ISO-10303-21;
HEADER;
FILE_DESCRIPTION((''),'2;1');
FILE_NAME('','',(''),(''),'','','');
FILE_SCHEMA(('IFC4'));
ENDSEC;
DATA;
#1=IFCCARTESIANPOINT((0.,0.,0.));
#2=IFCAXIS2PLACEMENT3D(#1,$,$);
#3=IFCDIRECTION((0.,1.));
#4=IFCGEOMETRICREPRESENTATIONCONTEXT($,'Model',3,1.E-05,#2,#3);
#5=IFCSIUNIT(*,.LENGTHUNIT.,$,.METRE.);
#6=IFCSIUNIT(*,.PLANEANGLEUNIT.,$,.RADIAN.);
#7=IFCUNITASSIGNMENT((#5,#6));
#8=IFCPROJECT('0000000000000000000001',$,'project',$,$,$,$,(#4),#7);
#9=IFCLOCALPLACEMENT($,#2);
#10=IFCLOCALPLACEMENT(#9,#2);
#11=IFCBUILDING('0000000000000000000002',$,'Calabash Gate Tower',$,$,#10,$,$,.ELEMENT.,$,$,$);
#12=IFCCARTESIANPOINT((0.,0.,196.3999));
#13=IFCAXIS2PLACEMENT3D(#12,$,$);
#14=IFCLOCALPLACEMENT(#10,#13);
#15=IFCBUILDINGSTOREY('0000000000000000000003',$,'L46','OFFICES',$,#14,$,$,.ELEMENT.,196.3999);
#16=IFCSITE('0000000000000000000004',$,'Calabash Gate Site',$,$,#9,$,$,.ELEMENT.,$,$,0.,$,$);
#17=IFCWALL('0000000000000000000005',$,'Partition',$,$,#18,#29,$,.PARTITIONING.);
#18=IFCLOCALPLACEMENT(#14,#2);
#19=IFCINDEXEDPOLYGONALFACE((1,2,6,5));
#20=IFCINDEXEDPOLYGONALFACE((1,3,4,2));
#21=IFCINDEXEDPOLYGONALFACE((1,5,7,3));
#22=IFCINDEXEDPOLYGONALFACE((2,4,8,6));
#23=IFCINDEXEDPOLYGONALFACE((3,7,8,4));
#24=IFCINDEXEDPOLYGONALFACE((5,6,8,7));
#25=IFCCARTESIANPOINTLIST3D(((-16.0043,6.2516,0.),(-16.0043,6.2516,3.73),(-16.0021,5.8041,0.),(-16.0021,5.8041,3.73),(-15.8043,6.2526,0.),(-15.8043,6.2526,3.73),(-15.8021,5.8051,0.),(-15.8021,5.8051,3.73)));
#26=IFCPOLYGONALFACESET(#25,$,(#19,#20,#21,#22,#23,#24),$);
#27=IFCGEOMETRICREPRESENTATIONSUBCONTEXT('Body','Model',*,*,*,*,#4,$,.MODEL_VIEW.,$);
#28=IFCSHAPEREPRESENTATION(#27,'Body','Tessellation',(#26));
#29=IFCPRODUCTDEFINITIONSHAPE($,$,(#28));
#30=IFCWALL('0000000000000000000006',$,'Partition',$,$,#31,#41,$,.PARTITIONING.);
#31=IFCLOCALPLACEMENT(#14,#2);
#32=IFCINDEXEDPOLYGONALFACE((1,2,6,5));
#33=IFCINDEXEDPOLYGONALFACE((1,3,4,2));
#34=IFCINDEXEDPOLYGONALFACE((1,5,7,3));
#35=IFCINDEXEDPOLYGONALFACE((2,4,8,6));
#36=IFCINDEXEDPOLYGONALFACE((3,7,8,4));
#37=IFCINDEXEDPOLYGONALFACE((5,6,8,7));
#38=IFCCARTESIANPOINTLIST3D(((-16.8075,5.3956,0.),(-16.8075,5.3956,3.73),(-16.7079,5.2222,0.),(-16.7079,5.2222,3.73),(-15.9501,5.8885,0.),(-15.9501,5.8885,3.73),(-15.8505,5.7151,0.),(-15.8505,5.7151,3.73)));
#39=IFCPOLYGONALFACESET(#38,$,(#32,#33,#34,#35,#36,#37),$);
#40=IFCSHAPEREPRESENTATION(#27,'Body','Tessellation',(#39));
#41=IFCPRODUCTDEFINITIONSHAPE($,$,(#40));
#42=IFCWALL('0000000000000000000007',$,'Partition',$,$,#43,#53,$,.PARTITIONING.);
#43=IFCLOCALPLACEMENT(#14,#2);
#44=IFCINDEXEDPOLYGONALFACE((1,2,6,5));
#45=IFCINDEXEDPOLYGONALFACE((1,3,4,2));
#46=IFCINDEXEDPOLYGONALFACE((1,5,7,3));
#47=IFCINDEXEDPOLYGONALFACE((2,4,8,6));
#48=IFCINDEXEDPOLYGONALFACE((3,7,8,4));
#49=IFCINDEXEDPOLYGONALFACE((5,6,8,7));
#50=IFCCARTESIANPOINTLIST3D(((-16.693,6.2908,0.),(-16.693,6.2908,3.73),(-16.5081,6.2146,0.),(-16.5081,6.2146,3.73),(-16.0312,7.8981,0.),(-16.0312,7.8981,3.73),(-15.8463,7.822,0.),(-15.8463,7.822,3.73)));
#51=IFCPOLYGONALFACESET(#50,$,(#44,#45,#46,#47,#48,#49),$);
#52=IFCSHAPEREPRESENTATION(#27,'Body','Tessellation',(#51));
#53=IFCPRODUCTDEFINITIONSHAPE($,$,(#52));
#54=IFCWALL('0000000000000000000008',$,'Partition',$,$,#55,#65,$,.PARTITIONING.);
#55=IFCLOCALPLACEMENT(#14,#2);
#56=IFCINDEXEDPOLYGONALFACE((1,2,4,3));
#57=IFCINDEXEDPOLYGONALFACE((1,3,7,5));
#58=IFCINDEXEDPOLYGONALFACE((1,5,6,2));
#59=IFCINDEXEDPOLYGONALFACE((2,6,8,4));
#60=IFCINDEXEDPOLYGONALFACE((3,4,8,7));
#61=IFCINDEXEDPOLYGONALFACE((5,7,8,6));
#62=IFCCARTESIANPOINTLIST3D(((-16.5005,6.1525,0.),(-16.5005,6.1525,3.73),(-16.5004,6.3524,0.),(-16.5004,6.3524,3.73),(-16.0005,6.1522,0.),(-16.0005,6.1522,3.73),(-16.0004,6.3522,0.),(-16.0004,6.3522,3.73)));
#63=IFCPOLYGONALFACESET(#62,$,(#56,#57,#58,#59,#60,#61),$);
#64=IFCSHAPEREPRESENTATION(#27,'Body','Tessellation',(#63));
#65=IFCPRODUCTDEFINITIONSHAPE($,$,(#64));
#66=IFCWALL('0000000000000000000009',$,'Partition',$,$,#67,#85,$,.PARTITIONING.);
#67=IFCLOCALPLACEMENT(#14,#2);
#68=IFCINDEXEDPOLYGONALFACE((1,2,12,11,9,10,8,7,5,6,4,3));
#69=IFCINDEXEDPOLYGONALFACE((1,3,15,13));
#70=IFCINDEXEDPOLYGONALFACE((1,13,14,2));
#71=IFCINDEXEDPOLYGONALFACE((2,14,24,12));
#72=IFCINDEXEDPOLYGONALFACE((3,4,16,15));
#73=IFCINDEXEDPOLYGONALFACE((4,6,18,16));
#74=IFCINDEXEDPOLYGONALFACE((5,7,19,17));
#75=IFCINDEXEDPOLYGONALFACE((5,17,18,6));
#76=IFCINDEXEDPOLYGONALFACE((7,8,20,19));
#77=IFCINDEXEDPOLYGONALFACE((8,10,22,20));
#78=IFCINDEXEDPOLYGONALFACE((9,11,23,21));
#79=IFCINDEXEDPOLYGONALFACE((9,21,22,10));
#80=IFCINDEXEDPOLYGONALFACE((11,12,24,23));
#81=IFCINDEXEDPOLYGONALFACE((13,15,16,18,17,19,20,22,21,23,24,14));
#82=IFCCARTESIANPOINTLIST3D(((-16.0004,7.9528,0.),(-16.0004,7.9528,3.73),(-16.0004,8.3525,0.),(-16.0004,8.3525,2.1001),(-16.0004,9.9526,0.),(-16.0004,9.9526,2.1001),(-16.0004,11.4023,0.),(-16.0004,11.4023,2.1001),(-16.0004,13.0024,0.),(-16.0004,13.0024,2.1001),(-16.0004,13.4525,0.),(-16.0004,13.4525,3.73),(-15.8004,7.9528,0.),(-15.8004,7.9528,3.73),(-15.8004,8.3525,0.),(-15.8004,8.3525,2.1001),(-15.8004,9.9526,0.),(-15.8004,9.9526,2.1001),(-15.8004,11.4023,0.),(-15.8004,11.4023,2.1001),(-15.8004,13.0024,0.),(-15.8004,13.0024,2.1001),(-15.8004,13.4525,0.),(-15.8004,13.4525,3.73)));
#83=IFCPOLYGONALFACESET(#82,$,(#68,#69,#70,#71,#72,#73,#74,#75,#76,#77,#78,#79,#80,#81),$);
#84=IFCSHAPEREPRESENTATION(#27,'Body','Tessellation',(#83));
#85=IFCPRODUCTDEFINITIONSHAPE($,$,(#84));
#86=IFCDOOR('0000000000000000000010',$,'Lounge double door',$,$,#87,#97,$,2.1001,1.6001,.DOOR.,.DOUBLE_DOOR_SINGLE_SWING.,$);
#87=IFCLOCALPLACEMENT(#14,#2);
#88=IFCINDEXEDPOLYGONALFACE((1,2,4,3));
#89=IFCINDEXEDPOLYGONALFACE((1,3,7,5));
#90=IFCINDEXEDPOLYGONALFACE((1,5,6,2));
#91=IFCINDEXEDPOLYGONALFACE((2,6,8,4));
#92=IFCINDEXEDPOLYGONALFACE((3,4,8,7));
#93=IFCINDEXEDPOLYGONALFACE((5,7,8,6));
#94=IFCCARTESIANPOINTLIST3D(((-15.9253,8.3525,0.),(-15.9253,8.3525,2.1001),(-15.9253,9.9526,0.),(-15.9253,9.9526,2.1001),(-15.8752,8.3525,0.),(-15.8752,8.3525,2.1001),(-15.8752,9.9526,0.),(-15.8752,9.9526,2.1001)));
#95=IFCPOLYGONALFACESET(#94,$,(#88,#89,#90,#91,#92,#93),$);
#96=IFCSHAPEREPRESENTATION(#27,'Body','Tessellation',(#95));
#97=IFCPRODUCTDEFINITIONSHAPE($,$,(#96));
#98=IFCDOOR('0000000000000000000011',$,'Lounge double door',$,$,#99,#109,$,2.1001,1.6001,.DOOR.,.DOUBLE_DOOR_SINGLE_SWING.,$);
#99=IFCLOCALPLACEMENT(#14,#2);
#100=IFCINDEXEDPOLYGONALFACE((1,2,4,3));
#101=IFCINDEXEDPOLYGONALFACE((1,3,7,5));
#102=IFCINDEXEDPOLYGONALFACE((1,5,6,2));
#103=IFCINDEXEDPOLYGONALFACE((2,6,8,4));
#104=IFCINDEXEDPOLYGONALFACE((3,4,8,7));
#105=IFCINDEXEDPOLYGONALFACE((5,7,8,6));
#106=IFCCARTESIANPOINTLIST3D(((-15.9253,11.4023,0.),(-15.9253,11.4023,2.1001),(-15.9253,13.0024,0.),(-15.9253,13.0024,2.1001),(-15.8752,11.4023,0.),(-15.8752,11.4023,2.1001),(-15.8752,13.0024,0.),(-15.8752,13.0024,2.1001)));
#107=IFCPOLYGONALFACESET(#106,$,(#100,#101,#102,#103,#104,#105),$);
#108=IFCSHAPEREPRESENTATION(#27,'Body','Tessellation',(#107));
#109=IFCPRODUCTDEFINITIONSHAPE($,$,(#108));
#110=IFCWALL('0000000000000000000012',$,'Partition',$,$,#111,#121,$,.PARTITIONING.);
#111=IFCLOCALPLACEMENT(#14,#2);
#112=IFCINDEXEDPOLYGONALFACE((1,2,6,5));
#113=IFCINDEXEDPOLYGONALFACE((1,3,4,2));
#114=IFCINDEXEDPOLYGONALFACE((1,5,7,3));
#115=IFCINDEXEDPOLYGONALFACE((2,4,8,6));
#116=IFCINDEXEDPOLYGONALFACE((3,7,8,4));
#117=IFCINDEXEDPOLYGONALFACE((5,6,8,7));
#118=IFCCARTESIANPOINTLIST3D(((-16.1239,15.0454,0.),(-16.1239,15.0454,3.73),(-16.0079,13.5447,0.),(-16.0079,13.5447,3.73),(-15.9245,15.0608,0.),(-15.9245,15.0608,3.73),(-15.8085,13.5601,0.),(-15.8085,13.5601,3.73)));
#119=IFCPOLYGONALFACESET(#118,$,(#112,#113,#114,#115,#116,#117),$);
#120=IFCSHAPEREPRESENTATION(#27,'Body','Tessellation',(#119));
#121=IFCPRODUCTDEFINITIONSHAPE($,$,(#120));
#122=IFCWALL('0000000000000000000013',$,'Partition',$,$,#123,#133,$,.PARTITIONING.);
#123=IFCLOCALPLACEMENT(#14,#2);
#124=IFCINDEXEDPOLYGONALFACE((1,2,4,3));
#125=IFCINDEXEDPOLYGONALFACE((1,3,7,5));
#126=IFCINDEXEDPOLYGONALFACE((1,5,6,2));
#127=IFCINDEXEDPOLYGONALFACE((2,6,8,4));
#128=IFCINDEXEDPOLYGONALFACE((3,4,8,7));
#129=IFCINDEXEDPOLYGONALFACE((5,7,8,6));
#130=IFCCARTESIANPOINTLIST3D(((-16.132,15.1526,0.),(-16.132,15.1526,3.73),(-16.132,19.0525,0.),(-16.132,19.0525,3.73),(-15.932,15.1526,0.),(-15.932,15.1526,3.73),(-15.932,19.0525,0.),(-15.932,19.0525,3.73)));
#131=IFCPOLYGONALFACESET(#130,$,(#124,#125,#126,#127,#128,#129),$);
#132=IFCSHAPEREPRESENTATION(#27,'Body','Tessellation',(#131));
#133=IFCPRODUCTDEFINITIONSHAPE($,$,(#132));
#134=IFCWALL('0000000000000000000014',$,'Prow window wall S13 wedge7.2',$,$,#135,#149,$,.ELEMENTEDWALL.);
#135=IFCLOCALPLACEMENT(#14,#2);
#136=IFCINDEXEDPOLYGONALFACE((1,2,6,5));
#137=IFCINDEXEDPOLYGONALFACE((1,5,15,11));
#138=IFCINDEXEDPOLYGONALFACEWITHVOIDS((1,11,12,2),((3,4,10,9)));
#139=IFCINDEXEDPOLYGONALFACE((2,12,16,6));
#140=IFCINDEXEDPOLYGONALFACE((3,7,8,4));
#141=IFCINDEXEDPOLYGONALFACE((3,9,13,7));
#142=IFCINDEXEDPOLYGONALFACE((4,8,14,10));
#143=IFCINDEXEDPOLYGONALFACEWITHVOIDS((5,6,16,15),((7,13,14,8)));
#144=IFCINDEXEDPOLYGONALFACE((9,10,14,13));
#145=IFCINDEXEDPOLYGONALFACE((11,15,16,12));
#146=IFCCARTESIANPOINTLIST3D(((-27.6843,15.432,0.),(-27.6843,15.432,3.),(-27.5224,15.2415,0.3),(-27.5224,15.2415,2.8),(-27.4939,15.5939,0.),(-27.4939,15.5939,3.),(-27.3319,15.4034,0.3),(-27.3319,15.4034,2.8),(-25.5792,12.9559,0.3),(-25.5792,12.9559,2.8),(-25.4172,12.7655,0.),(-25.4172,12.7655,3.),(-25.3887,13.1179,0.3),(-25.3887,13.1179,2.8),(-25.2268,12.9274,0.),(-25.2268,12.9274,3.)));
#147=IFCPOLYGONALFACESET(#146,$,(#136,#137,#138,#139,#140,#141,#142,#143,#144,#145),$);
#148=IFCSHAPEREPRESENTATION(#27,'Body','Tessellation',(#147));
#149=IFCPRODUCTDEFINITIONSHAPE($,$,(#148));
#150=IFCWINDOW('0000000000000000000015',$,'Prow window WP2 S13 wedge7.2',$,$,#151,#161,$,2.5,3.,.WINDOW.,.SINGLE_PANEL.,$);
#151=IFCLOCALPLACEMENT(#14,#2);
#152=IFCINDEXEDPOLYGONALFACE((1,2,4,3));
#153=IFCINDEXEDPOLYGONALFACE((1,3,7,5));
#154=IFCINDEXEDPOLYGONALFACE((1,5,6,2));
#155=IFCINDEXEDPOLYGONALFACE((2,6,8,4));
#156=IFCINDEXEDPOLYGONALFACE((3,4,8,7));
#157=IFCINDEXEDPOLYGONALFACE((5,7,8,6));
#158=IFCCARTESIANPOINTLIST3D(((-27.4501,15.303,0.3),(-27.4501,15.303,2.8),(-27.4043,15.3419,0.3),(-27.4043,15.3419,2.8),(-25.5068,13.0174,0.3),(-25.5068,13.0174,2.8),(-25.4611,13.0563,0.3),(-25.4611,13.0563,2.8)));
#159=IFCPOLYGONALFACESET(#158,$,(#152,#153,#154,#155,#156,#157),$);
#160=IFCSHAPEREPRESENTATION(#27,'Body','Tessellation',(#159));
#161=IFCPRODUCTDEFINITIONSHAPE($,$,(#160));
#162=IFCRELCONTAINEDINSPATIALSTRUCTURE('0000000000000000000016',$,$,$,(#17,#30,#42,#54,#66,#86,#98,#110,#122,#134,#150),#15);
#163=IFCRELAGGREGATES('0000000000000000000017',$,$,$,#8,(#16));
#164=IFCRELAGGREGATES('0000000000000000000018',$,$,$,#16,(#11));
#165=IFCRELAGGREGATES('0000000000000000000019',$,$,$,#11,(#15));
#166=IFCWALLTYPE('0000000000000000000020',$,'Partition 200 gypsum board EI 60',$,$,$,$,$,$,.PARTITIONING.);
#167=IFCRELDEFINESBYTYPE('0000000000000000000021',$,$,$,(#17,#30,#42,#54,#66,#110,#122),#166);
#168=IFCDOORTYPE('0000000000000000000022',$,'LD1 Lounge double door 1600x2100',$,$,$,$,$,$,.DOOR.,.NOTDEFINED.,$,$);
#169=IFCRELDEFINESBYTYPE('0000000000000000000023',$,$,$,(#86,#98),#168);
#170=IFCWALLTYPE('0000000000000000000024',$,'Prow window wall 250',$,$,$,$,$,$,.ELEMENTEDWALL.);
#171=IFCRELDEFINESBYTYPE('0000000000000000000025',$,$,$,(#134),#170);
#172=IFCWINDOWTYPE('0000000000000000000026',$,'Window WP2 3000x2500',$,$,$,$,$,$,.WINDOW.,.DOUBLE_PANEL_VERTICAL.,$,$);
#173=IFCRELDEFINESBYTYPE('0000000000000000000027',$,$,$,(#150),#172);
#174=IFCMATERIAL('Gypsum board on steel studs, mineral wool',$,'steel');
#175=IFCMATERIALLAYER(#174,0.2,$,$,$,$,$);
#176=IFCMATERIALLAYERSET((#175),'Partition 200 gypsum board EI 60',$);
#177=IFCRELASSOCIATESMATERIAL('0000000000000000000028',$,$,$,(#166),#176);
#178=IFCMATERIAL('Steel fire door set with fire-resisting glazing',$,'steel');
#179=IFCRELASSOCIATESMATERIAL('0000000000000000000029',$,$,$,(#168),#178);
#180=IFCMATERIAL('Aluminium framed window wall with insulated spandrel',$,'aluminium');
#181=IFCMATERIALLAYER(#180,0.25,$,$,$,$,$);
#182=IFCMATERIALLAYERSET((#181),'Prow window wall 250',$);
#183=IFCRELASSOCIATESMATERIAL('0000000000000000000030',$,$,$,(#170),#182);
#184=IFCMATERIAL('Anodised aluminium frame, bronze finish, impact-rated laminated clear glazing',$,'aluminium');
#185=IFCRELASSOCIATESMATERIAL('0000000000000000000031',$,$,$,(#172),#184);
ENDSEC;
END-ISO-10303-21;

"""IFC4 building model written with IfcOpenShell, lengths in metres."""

from ifc_helpers import new_model, si_unit, direction, frame, frame_2d, origin, place, context, subcontext, project, spatial, rectangle, extrude, material, layer, layer_set, type_object, element, fill, save


model = new_model("IFC4")

# Units and contexts
model_context = context("Model", 3, precision=1e-05, world=origin(), true_north=direction((0.0, 1.0)))
body_context = subcontext(model_context, "Body", "Model", "MODEL_VIEW")
ifc_project = project(units=[si_unit("LENGTHUNIT", "METRE"), si_unit("PLANEANGLEUNIT", "RADIAN")], contexts=[model_context])

# Site, building, storey
site_placement = place(None, origin())
site = spatial("IfcSite", under=ifc_project, at=site_placement, Name="Calabash Gate Site", CompositionType="ELEMENT", RefElevation=0.0)
building_placement = place(site_placement, origin())
building = spatial("IfcBuilding", under=site, at=building_placement, Name="Calabash Gate Tower", CompositionType="ELEMENT")
storey_placement = place(building_placement, frame((0.0, 0.0, 196.3999)))
storey = spatial("IfcBuildingStorey", under=building, at=storey_placement, Name="L46", Description="OFFICES", CompositionType="ELEMENT", Elevation=196.3999)

# Walls
ifc_material_1 = material(Name="Gypsum board on steel studs, mineral wool", Category="steel")
ifc_layer_1 = layer(ifc_material_1, 0.2)
ifc_layer_set_1 = layer_set([ifc_layer_1], Name="Partition 200 gypsum board EI 60")
wall_type_1 = type_object("IfcWallType", Name="Partition 200 gypsum board EI 60", PredefinedType="PARTITIONING", material=ifc_layer_set_1)
wall_1_placement = place(storey_placement, frame((-15.9043, 6.252, 0.0), z_axis=(0.0, 0.0, 1.0), x_axis=(0.00491, -0.999988, 0.0)))
element("IfcWall", 1, at=wall_1_placement, inside=storey, type_object=wall_type_1, Name="Partition", PredefinedType="PARTITIONING", context=body_context, shape_type="SweptSolid", body=[
    extrude(rectangle(XDim=0.4475, YDim=0.2, at=frame_2d((0.2236, 0.0))), origin(), (0.0, 0.0, 1.0), 3.73),
])
wall_2_placement = place(storey_placement, frame((-16.7578, 5.3088, 0.0), z_axis=(0.0, 0.0, 1.0), x_axis=(0.866949, 0.498397, 0.0)))
element("IfcWall", 2, at=wall_2_placement, inside=storey, type_object=wall_type_1, Name="Partition", PredefinedType="PARTITIONING", context=body_context, shape_type="SweptSolid", body=[
    extrude(rectangle(XDim=0.989, YDim=0.2, at=frame_2d((0.4946, 0.0))), origin(), (0.0, 0.0, 1.0), 3.73),
])
wall_3_placement = place(storey_placement, frame((-16.6006, 6.2527, 0.0), z_axis=(0.0, 0.0, 1.0), x_axis=(0.380743, 0.924681, 0.0)))
element("IfcWall", 3, at=wall_3_placement, inside=storey, type_object=wall_type_1, Name="Partition", PredefinedType="PARTITIONING", context=body_context, shape_type="SweptSolid", body=[
    extrude(rectangle(XDim=1.7383, YDim=0.2, at=frame_2d((0.8691, 0.0))), origin(), (0.0, 0.0, 1.0), 3.73),
])
wall_4_placement = place(storey_placement, frame((-16.5005, 6.2524, 0.0), z_axis=(0.0, 0.0, 1.0), x_axis=(1.0, -0.000488, 0.0)))
element("IfcWall", 4, at=wall_4_placement, inside=storey, type_object=wall_type_1, Name="Partition", PredefinedType="PARTITIONING", context=body_context, shape_type="SweptSolid", body=[
    extrude(rectangle(XDim=0.5, YDim=0.2, at=frame_2d((0.25, 0.0))), origin(), (0.0, 0.0, 1.0), 3.73),
])

# Wall, openings, doors
wall_5_placement = place(storey_placement, frame((-15.9004, 7.9526, 0.0), z_axis=(0.0, 0.0, 1.0), x_axis=(0.0, 1.0, 0.0)))
wall_5 = element("IfcWall", 5, at=wall_5_placement, inside=storey, type_object=wall_type_1, Name="Partition", PredefinedType="PARTITIONING", context=body_context, shape_type="SweptSolid", body=[
    extrude(rectangle(XDim=5.4998, YDim=0.2, at=frame_2d((2.75, 0.0))), origin(), (0.0, 0.0, 1.0), 3.73),
])
opening_1_placement = place(wall_5_placement, frame((0.3999, 0.0, 0.0)))
opening_1 = element("IfcOpeningElement", 6, at=opening_1_placement, cuts=wall_5, PredefinedType="OPENING", context=body_context, shape_type="SweptSolid", body=[
    extrude(rectangle(XDim=1.6001, YDim=2.1001, at=frame_2d((0.8, 1.05))), frame((0.0, 0.1099, 0.0), z_axis=(0.0, -1.0, 0.0), x_axis=(1.0, 0.0, 0.0)), (0.0, 0.0, 1.0), 0.22),
])
opening_2_placement = place(wall_5_placement, frame((3.4497, 0.0, 0.0)))
opening_2 = element("IfcOpeningElement", 7, at=opening_2_placement, cuts=wall_5, PredefinedType="OPENING", context=body_context, shape_type="SweptSolid", body=[
    extrude(rectangle(XDim=1.6001, YDim=2.1001, at=frame_2d((0.8, 1.05))), frame((0.0, 0.1099, 0.0), z_axis=(0.0, -1.0, 0.0), x_axis=(1.0, 0.0, 0.0)), (0.0, 0.0, 1.0), 0.22),
])
ifc_material_2 = material(Name="Steel fire door set with fire-resisting glazing", Category="steel")
door_type = type_object("IfcDoorType", Name="LD1 Lounge double door 1600x2100", OperationType="NOTDEFINED", PredefinedType="DOOR", material=ifc_material_2)
door_1_placement = place(opening_1_placement, origin())
door_1 = element("IfcDoor", 8, at=door_1_placement, inside=storey, type_object=door_type, Name="Lounge double door", OperationType="DOUBLE_DOOR_SINGLE_SWING", OverallHeight=2.1001, OverallWidth=1.6001, PredefinedType="DOOR", context=body_context, shape_type="SweptSolid", body=[
    extrude(rectangle(XDim=1.6001, YDim=2.1001, at=frame_2d((0.8, 1.05))), frame((0.0, 0.0249, 0.0), z_axis=(0.0, -1.0, 0.0), x_axis=(1.0, 0.0, 0.0)), (0.0, 0.0, 1.0), 0.05),
])
fill(opening_1, door_1)
door_2_placement = place(opening_2_placement, origin())
door_2 = element("IfcDoor", 9, at=door_2_placement, inside=storey, type_object=door_type, Name="Lounge double door", OperationType="DOUBLE_DOOR_SINGLE_SWING", OverallHeight=2.1001, OverallWidth=1.6001, PredefinedType="DOOR", context=body_context, shape_type="SweptSolid", body=[
    extrude(rectangle(XDim=1.6001, YDim=2.1001, at=frame_2d((0.8, 1.05))), frame((0.0, 0.0249, 0.0), z_axis=(0.0, -1.0, 0.0), x_axis=(1.0, 0.0, 0.0)), (0.0, 0.0, 1.0), 0.05),
])
fill(opening_2, door_2)

# Walls
wall_6_placement = place(storey_placement, frame((-16.0242, 15.053, 0.0), z_axis=(0.0, 0.0, 1.0), x_axis=(0.077044, -0.997028, 0.0)))
element("IfcWall", 10, at=wall_6_placement, inside=storey, type_object=wall_type_1, Name="Partition", PredefinedType="PARTITIONING", context=body_context, shape_type="SweptSolid", body=[
    extrude(rectangle(XDim=1.5051, YDim=0.2, at=frame_2d((0.7524, 0.0))), origin(), (0.0, 0.0, 1.0), 3.73),
])
wall_7_placement = place(storey_placement, frame((-16.032, 15.1526, 0.0), z_axis=(0.0, 0.0, 1.0), x_axis=(0.0, 1.0, 0.0)))
element("IfcWall", 11, at=wall_7_placement, inside=storey, type_object=wall_type_1, Name="Partition", PredefinedType="PARTITIONING", context=body_context, shape_type="SweptSolid", body=[
    extrude(rectangle(XDim=3.8999, YDim=0.2, at=frame_2d((1.95, 0.0))), origin(), (0.0, 0.0, 1.0), 3.73),
])

# Wall, opening, window
ifc_material_3 = material(Name="Aluminium framed window wall with insulated spandrel", Category="aluminium")
ifc_layer_2 = layer(ifc_material_3, 0.25)
ifc_layer_set_2 = layer_set([ifc_layer_2], Name="Prow window wall 250")
wall_type_2 = type_object("IfcWallType", Name="Prow window wall 250", PredefinedType="ELEMENTEDWALL", material=ifc_layer_set_2)
wall_8_placement = place(storey_placement, frame((-27.5891, 15.5129, 0.0), z_axis=(0.0, 0.0, 1.0), x_axis=(0.647742, -0.76186, 0.0)))
wall_8 = element("IfcWall", 12, at=wall_8_placement, inside=storey, type_object=wall_type_2, Name="Prow window wall S13 wedge7.2", PredefinedType="ELEMENTEDWALL", context=body_context, shape_type="SweptSolid", body=[
    extrude(rectangle(XDim=3.5, YDim=0.25, at=frame_2d((1.75, 0.0))), origin(), (0.0, 0.0, 1.0), 3.0),
])
opening_3_placement = place(wall_8_placement, frame((0.25, 0.0, 0.3)))
opening_3 = element("IfcOpeningElement", 13, at=opening_3_placement, cuts=wall_8, PredefinedType="OPENING", context=body_context, shape_type="SweptSolid", body=[
    extrude(rectangle(XDim=3.0, YDim=2.5, at=frame_2d((1.5, 1.25))), frame((0.0, 0.135, 0.0), z_axis=(0.0, -1.0, 0.0), x_axis=(1.0, 0.0, 0.0)), (0.0, 0.0, 1.0), 0.27),
])
ifc_material_4 = material(Name="Anodised aluminium frame, bronze finish, impact-rated laminated clear glazing", Category="aluminium")
window_type = type_object("IfcWindowType", Name="Window WP2 3000x2500", PartitioningType="DOUBLE_PANEL_VERTICAL", PredefinedType="WINDOW", material=ifc_material_4)
window_1_placement = place(opening_3_placement, origin())
window_1 = element("IfcWindow", 14, at=window_1_placement, inside=storey, type_object=window_type, Name="Prow window WP2 S13 wedge7.2", OverallHeight=2.5, OverallWidth=3.0, PartitioningType="SINGLE_PANEL", PredefinedType="WINDOW", context=body_context, shape_type="SweptSolid", body=[
    extrude(rectangle(XDim=3.0, YDim=2.5, at=frame_2d((1.5, 1.25))), frame((0.0, 0.03, 0.0), z_axis=(0.0, -1.0, 0.0), x_axis=(1.0, 0.0, 0.0)), (0.0, 0.0, 1.0), 0.0601),
])
fill(opening_3, window_1)

save(model, "model.ifc")
